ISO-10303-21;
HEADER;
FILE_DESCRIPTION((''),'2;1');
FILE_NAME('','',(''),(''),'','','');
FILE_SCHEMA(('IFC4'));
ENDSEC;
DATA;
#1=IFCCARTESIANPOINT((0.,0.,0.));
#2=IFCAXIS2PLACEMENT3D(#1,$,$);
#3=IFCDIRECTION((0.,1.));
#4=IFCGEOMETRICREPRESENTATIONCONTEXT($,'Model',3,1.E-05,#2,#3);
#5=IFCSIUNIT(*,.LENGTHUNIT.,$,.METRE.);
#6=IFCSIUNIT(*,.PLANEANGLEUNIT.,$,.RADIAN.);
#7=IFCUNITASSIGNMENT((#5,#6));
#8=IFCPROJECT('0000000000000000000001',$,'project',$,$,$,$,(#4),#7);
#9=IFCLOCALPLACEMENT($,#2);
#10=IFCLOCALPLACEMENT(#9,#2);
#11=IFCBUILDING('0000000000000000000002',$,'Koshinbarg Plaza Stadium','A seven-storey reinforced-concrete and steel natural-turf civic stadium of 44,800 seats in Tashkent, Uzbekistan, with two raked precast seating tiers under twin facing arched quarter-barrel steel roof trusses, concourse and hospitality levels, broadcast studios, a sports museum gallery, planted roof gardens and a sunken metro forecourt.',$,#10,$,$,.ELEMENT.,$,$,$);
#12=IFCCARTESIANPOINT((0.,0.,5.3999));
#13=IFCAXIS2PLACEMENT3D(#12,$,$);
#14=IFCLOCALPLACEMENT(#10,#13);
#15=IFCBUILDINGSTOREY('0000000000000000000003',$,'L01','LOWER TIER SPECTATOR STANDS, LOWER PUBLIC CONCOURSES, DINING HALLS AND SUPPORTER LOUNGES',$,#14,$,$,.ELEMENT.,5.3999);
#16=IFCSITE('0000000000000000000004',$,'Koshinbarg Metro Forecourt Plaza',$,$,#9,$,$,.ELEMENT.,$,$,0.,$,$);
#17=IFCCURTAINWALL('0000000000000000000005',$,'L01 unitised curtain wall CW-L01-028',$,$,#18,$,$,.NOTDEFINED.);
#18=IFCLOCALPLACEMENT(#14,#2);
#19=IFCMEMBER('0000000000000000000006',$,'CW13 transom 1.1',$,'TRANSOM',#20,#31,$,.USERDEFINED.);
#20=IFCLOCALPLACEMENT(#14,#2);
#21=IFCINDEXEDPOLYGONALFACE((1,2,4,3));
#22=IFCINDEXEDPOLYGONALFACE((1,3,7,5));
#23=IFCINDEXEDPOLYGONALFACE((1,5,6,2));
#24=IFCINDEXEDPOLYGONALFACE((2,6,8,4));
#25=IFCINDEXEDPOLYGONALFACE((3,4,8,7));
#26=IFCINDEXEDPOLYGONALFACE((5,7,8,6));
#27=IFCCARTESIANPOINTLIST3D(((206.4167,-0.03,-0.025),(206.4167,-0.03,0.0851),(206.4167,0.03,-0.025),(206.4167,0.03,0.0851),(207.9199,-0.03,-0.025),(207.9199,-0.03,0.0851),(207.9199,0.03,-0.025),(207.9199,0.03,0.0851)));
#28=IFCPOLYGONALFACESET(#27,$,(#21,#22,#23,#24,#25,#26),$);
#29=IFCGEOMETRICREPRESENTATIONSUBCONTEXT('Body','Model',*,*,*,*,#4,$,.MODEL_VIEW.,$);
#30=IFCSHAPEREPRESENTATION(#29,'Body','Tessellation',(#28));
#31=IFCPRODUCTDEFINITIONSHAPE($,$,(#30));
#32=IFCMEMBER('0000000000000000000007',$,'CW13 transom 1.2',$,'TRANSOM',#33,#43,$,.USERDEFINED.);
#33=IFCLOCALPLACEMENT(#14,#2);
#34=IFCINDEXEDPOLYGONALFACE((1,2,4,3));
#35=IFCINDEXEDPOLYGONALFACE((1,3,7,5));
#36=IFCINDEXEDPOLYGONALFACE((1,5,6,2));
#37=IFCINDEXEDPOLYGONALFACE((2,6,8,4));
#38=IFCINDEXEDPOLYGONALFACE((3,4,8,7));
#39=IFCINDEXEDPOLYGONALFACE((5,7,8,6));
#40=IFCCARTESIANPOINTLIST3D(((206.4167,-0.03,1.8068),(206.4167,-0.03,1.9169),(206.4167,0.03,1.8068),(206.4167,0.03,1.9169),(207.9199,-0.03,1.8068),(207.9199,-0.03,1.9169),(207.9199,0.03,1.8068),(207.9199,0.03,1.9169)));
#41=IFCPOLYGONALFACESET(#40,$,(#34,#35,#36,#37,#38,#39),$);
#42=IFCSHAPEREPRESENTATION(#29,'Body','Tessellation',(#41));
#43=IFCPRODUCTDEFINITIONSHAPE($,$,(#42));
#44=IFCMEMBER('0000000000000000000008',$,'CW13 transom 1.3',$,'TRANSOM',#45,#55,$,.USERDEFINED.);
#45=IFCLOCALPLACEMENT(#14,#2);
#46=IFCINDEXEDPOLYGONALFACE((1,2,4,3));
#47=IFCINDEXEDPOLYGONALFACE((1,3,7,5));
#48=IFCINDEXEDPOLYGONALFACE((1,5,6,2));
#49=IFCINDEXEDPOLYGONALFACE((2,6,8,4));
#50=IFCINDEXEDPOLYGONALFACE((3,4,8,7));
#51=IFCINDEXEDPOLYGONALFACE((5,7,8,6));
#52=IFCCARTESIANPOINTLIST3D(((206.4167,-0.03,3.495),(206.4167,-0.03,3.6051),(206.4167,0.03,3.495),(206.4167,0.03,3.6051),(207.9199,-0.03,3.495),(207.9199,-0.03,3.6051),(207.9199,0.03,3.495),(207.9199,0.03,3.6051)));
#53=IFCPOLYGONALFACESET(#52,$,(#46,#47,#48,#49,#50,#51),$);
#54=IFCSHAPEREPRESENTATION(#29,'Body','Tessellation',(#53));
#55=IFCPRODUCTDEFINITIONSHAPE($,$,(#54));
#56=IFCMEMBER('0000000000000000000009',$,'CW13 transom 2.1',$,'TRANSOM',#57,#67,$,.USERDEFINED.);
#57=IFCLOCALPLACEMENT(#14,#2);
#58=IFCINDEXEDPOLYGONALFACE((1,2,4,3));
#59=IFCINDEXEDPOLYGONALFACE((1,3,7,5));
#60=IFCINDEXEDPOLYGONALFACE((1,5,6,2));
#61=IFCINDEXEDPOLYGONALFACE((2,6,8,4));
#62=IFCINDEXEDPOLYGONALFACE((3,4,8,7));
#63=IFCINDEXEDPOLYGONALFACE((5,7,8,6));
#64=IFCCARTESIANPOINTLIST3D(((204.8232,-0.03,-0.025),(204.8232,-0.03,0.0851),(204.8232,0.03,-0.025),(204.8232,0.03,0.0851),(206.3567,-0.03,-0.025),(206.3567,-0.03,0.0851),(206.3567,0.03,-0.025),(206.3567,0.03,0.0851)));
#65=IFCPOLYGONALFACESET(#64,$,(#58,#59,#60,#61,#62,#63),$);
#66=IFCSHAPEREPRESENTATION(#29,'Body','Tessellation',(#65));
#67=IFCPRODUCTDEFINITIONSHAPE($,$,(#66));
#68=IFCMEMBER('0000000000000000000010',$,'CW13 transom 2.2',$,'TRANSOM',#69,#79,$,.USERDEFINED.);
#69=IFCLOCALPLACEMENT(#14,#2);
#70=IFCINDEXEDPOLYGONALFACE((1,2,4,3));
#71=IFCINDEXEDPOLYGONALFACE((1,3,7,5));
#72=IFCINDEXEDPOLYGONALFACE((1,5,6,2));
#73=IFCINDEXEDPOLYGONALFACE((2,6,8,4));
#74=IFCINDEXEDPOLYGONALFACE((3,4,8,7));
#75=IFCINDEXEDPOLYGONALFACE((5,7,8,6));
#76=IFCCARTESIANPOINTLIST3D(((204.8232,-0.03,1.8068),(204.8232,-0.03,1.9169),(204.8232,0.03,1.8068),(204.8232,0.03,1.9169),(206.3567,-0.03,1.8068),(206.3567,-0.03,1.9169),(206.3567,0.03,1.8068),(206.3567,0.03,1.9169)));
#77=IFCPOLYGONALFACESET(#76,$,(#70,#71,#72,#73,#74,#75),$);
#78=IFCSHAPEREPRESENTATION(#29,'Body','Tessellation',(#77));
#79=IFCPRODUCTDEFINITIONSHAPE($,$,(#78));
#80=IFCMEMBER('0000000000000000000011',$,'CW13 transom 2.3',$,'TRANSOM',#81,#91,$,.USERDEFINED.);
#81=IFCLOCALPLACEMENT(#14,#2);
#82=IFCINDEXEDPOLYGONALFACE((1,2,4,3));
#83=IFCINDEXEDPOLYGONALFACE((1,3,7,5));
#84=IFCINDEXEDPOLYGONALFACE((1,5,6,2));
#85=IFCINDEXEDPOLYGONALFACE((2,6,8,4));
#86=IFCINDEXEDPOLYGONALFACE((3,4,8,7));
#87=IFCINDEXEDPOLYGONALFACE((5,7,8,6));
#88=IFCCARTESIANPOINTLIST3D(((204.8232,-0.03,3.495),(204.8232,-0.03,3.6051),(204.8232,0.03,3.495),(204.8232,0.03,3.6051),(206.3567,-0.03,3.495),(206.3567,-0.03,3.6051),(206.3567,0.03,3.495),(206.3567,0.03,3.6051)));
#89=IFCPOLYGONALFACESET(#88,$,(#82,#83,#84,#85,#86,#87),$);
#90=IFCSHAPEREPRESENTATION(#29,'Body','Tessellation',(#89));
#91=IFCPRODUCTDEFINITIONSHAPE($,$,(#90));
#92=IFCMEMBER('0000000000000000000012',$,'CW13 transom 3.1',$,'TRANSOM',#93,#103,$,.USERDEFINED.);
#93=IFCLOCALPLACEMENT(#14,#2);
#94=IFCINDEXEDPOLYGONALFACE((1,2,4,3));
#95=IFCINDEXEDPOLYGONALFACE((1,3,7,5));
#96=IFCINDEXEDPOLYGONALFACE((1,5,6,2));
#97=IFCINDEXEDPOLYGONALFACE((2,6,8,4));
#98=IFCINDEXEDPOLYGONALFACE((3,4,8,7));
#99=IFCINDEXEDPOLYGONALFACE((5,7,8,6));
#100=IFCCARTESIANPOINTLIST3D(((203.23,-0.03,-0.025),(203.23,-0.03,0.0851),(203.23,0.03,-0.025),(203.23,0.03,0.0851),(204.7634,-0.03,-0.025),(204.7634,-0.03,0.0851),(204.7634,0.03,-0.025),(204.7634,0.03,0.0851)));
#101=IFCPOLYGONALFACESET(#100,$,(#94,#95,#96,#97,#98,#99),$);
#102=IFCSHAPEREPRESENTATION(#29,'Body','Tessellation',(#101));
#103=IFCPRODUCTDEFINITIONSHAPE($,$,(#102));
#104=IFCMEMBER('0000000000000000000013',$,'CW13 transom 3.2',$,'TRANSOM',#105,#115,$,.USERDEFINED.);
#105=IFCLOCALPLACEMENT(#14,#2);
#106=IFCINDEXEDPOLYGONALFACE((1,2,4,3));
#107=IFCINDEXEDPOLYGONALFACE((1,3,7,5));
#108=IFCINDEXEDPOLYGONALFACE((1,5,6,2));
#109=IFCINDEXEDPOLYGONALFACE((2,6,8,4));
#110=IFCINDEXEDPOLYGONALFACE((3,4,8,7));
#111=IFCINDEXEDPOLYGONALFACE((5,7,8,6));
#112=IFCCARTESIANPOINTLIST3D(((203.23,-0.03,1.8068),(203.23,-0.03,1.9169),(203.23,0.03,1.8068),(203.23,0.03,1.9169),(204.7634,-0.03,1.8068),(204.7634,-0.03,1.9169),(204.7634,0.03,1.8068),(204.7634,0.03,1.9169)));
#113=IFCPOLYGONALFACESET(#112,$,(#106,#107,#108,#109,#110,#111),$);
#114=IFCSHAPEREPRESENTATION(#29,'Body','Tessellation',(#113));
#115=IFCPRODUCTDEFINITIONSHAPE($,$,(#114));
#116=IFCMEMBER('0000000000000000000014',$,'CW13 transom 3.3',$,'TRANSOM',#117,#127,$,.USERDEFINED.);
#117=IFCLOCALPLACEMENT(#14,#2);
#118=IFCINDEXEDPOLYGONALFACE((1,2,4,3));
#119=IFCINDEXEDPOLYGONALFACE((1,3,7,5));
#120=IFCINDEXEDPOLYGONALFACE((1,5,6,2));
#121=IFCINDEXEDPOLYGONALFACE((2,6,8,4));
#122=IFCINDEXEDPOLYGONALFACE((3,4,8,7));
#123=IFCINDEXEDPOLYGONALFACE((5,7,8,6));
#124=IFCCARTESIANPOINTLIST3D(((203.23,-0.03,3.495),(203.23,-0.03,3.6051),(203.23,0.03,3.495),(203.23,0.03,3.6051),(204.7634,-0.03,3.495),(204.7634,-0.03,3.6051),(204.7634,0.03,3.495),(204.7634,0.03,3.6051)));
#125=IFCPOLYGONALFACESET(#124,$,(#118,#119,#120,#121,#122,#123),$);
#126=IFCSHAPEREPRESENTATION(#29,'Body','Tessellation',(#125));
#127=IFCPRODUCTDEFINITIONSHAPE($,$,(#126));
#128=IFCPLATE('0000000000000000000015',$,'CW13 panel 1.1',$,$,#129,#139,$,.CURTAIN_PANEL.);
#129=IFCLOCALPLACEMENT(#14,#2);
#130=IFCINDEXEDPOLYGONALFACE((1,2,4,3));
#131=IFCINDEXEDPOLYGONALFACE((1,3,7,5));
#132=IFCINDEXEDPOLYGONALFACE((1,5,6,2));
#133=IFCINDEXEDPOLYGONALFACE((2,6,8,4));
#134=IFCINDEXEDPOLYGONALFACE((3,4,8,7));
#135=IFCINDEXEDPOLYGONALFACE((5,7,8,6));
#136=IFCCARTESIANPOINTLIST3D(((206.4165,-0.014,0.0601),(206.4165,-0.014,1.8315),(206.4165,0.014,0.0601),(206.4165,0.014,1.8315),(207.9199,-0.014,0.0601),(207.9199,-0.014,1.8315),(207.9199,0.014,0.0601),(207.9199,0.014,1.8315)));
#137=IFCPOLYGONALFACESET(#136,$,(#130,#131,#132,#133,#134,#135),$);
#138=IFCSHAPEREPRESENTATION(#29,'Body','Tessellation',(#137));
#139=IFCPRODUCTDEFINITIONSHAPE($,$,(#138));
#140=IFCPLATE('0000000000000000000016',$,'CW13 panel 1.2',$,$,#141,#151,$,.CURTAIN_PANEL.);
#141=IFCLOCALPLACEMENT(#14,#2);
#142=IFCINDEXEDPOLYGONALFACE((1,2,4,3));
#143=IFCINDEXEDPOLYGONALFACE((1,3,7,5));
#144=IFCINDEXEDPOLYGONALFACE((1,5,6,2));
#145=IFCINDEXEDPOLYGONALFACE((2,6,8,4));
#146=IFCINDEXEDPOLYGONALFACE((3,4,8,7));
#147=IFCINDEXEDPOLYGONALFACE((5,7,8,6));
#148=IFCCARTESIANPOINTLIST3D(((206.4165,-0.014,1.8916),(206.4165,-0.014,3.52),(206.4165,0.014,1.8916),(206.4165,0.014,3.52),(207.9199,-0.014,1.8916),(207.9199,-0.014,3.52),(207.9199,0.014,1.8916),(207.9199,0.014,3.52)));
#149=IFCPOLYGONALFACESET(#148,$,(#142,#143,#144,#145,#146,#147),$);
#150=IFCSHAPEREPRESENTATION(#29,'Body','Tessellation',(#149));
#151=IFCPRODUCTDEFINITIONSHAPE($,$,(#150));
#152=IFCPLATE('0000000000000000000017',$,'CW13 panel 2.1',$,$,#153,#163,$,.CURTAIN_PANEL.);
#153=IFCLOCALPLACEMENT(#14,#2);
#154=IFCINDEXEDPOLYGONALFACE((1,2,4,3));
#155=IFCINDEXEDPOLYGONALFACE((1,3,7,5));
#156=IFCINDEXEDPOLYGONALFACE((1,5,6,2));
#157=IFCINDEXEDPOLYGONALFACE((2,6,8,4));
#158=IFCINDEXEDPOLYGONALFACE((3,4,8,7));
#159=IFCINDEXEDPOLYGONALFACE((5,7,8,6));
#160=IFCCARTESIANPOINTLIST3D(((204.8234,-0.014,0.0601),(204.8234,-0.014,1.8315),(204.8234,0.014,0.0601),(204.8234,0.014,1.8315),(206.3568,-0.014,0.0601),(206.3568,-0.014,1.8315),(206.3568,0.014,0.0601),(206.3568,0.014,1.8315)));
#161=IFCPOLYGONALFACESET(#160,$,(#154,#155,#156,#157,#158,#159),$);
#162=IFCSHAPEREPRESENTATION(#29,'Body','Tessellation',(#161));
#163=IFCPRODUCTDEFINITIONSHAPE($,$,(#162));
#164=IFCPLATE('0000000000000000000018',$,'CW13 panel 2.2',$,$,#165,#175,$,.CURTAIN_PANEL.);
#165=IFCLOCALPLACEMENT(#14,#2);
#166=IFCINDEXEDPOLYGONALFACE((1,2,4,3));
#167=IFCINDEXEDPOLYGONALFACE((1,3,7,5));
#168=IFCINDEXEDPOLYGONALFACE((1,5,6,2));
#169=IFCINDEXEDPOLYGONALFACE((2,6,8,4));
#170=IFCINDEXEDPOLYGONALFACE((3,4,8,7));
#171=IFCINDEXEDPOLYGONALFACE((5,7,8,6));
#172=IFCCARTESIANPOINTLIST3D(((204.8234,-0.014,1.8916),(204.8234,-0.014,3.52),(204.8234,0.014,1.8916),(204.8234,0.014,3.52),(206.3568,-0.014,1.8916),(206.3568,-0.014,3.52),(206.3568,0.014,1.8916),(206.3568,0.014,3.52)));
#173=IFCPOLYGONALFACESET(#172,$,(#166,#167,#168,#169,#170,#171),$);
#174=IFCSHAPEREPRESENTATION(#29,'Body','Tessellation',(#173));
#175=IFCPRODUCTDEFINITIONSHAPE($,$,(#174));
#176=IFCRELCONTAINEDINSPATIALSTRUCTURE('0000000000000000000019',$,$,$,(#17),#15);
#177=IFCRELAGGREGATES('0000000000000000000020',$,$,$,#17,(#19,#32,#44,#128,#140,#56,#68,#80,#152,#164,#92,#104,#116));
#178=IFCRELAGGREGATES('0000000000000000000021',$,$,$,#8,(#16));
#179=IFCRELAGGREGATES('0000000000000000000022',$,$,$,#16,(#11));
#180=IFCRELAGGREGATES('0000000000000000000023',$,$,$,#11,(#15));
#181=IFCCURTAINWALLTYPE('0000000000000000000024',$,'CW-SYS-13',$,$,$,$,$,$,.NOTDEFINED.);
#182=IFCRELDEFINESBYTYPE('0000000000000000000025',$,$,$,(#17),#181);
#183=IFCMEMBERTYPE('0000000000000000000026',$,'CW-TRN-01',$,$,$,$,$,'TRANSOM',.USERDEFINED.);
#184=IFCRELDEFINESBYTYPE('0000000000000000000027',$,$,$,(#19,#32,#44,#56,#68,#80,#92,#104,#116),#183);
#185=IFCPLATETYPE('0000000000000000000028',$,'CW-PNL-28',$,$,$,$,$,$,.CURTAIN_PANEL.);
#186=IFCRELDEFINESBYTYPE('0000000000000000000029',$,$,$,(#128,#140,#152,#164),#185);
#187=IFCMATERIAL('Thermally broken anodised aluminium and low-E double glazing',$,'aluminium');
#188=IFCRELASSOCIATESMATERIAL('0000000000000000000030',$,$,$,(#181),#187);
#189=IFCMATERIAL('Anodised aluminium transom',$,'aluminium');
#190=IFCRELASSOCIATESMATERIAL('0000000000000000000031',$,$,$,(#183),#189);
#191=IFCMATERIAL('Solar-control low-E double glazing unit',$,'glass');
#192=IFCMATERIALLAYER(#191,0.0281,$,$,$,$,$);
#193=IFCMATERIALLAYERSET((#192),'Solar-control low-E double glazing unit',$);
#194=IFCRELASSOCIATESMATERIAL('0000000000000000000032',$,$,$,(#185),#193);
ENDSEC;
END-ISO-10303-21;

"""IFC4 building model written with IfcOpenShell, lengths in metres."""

from ifc_helpers import new_model, si_unit, direction, frame, origin, origin_2d, place, context, subcontext, project, spatial, rectangle, extrude, material, layer, layer_set, material_profile, profile_set, type_object, element, aggregate, save


model = new_model("IFC4")

# Units and contexts
model_context = context("Model", 3, precision=1e-05, world=origin(), true_north=direction((0.0, 1.0)))
body_context = subcontext(model_context, "Body", "Model", "MODEL_VIEW")
ifc_project = project(units=[si_unit("LENGTHUNIT", "METRE"), si_unit("PLANEANGLEUNIT", "RADIAN")], contexts=[model_context])

# Site, building, storey
site_placement = place(None, origin())
site = spatial("IfcSite", under=ifc_project, at=site_placement, Name="Koshinbarg Metro Forecourt Plaza", CompositionType="ELEMENT", RefElevation=0.0)
building_placement = place(site_placement, origin())
building = spatial("IfcBuilding", under=site, at=building_placement, Name="Koshinbarg Plaza Stadium", Description="A seven-storey reinforced-concrete and steel natural-turf civic stadium of 44,800 seats in Tashkent, Uzbekistan, with two raked precast seating tiers under twin facing arched quarter-barrel steel roof trusses, concourse and hospitality levels, broadcast studios, a sports museum gallery, planted roof gardens and a sunken metro forecourt.", CompositionType="ELEMENT")
storey_placement = place(building_placement, frame((0.0, 0.0, 5.3999)))
storey = spatial("IfcBuildingStorey", under=building, at=storey_placement, Name="L01", Description="LOWER TIER SPECTATOR STANDS, LOWER PUBLIC CONCOURSES, DINING HALLS AND SUPPORTER LOUNGES", CompositionType="ELEMENT", Elevation=5.3999)

# Curtain wall
ifc_material_1 = material(Name="Thermally broken anodised aluminium and low-E double glazing", Category="aluminium")
curtain_wall_type_1 = type_object("IfcCurtainWallType", Name="CW-SYS-13", PredefinedType="NOTDEFINED", material=ifc_material_1)
curtain_wall_1_placement = place(storey_placement, origin())
curtain_wall_1 = element("IfcCurtainWall", 1, at=curtain_wall_1_placement, inside=storey, type_object=curtain_wall_type_1, Name="L01 unitised curtain wall CW-L01-028", PredefinedType="NOTDEFINED")

# Members
ifc_material_2 = material(Name="Anodised aluminium transom", Category="aluminium")
ifc_material_profile_1 = material_profile(ifc_material_2, rectangle(XDim=0.0601, YDim=0.1101, at=origin_2d()), Name="ALU 60x110")
ifc_profile_set_1 = profile_set([ifc_material_profile_1], Name="Anodised aluminium transom")
member_type_1 = type_object("IfcMemberType", Name="CW-TRN-01", ElementType="TRANSOM", PredefinedType="USERDEFINED", material=ifc_profile_set_1)
member_1_placement = place(storey_placement, frame((207.9199, 0.0, 0.03), z_axis=(-1.0, 0.0, 0.0), x_axis=(0.0, -1.0, 0.0)))
member_1 = element("IfcMember", 2, at=member_1_placement, type_object=member_type_1, Name="CW13 transom 1.1", ObjectType="TRANSOM", PredefinedType="USERDEFINED", context=body_context, shape_type="SweptSolid", body=[
    extrude(rectangle(XDim=0.0601, YDim=0.1101, at=origin_2d()), origin(), (0.0, 0.0, 1.0), 1.5032),
])
member_2_placement = place(storey_placement, frame((207.9199, 0.0, 1.8618), z_axis=(-1.0, 0.0, 0.0), x_axis=(0.0, -1.0, 0.0)))
member_2 = element("IfcMember", 3, at=member_2_placement, type_object=member_type_1, Name="CW13 transom 1.2", ObjectType="TRANSOM", PredefinedType="USERDEFINED", context=body_context, shape_type="SweptSolid", body=[
    extrude(rectangle(XDim=0.0601, YDim=0.1101, at=origin_2d()), origin(), (0.0, 0.0, 1.0), 1.5032),
])
member_3_placement = place(storey_placement, frame((207.9199, 0.0, 3.55), z_axis=(-1.0, 0.0, 0.0), x_axis=(0.0, -1.0, 0.0)))
member_3 = element("IfcMember", 4, at=member_3_placement, type_object=member_type_1, Name="CW13 transom 1.3", ObjectType="TRANSOM", PredefinedType="USERDEFINED", context=body_context, shape_type="SweptSolid", body=[
    extrude(rectangle(XDim=0.0601, YDim=0.1101, at=origin_2d()), origin(), (0.0, 0.0, 1.0), 1.5032),
])
member_4_placement = place(storey_placement, frame((206.3567, 0.0, 0.03), z_axis=(-1.0, 0.0, 0.0), x_axis=(0.0, -1.0, 0.0)))
member_4 = element("IfcMember", 5, at=member_4_placement, type_object=member_type_1, Name="CW13 transom 2.1", ObjectType="TRANSOM", PredefinedType="USERDEFINED", context=body_context, shape_type="SweptSolid", body=[
    extrude(rectangle(XDim=0.0601, YDim=0.1101, at=origin_2d()), origin(), (0.0, 0.0, 1.0), 1.5334),
])
member_5_placement = place(storey_placement, frame((206.3567, 0.0, 1.8618), z_axis=(-1.0, 0.0, 0.0), x_axis=(0.0, -1.0, 0.0)))
member_5 = element("IfcMember", 6, at=member_5_placement, type_object=member_type_1, Name="CW13 transom 2.2", ObjectType="TRANSOM", PredefinedType="USERDEFINED", context=body_context, shape_type="SweptSolid", body=[
    extrude(rectangle(XDim=0.0601, YDim=0.1101, at=origin_2d()), origin(), (0.0, 0.0, 1.0), 1.5334),
])
member_6_placement = place(storey_placement, frame((206.3567, 0.0, 3.55), z_axis=(-1.0, 0.0, 0.0), x_axis=(0.0, -1.0, 0.0)))
member_6 = element("IfcMember", 7, at=member_6_placement, type_object=member_type_1, Name="CW13 transom 2.3", ObjectType="TRANSOM", PredefinedType="USERDEFINED", context=body_context, shape_type="SweptSolid", body=[
    extrude(rectangle(XDim=0.0601, YDim=0.1101, at=origin_2d()), origin(), (0.0, 0.0, 1.0), 1.5334),
])
member_7_placement = place(storey_placement, frame((204.7634, 0.0, 0.03), z_axis=(-1.0, 0.0, 0.0), x_axis=(0.0, -1.0, 0.0)))
member_7 = element("IfcMember", 8, at=member_7_placement, type_object=member_type_1, Name="CW13 transom 3.1", ObjectType="TRANSOM", PredefinedType="USERDEFINED", context=body_context, shape_type="SweptSolid", body=[
    extrude(rectangle(XDim=0.0601, YDim=0.1101, at=origin_2d()), origin(), (0.0, 0.0, 1.0), 1.5334),
])
member_8_placement = place(storey_placement, frame((204.7634, 0.0, 1.8618), z_axis=(-1.0, 0.0, 0.0), x_axis=(0.0, -1.0, 0.0)))
member_8 = element("IfcMember", 9, at=member_8_placement, type_object=member_type_1, Name="CW13 transom 3.2", ObjectType="TRANSOM", PredefinedType="USERDEFINED", context=body_context, shape_type="SweptSolid", body=[
    extrude(rectangle(XDim=0.0601, YDim=0.1101, at=origin_2d()), origin(), (0.0, 0.0, 1.0), 1.5334),
])
member_9_placement = place(storey_placement, frame((204.7634, 0.0, 3.55), z_axis=(-1.0, 0.0, 0.0), x_axis=(0.0, -1.0, 0.0)))
member_9 = element("IfcMember", 10, at=member_9_placement, type_object=member_type_1, Name="CW13 transom 3.3", ObjectType="TRANSOM", PredefinedType="USERDEFINED", context=body_context, shape_type="SweptSolid", body=[
    extrude(rectangle(XDim=0.0601, YDim=0.1101, at=origin_2d()), origin(), (0.0, 0.0, 1.0), 1.5334),
])

# Plates
ifc_material_3 = material(Name="Solar-control low-E double glazing unit", Category="glass")
ifc_layer_1 = layer(ifc_material_3, 0.0281)
ifc_layer_set_1 = layer_set([ifc_layer_1], Name="Solar-control low-E double glazing unit")
plate_type = type_object("IfcPlateType", Name="CW-PNL-28", PredefinedType="CURTAIN_PANEL", material=ifc_layer_set_1)
plate_1_placement = place(storey_placement, frame((207.1682, 0.0, 0.0601), z_axis=(0.0, 0.0, 1.0), x_axis=(-1.0, 0.0, 0.0)))
plate_1 = element("IfcPlate", 11, at=plate_1_placement, type_object=plate_type, Name="CW13 panel 1.1", PredefinedType="CURTAIN_PANEL", context=body_context, shape_type="SweptSolid", body=[
    extrude(rectangle(XDim=1.5034, YDim=0.0281, at=origin_2d()), origin(), (0.0, 0.0, 1.0), 1.7715),
])
plate_2_placement = place(storey_placement, frame((207.1682, 0.0, 1.8916), z_axis=(0.0, 0.0, 1.0), x_axis=(-1.0, 0.0, 0.0)))
plate_2 = element("IfcPlate", 12, at=plate_2_placement, type_object=plate_type, Name="CW13 panel 1.2", PredefinedType="CURTAIN_PANEL", context=body_context, shape_type="SweptSolid", body=[
    extrude(rectangle(XDim=1.5034, YDim=0.0281, at=origin_2d()), origin(), (0.0, 0.0, 1.0), 1.6284),
])
plate_3_placement = place(storey_placement, frame((205.5901, 0.0, 0.0601), z_axis=(0.0, 0.0, 1.0), x_axis=(-1.0, 0.0, 0.0)))
plate_3 = element("IfcPlate", 13, at=plate_3_placement, type_object=plate_type, Name="CW13 panel 2.1", PredefinedType="CURTAIN_PANEL", context=body_context, shape_type="SweptSolid", body=[
    extrude(rectangle(XDim=1.5334, YDim=0.0281, at=origin_2d()), origin(), (0.0, 0.0, 1.0), 1.7715),
])
plate_4_placement = place(storey_placement, frame((205.5901, 0.0, 1.8916), z_axis=(0.0, 0.0, 1.0), x_axis=(-1.0, 0.0, 0.0)))
plate_4 = element("IfcPlate", 14, at=plate_4_placement, type_object=plate_type, Name="CW13 panel 2.2", PredefinedType="CURTAIN_PANEL", context=body_context, shape_type="SweptSolid", body=[
    extrude(rectangle(XDim=1.5334, YDim=0.0281, at=origin_2d()), origin(), (0.0, 0.0, 1.0), 1.6284),
])
aggregate(curtain_wall_1, [member_1, member_2, member_3, plate_1, plate_2, member_4, member_5, member_6, plate_3, plate_4, member_7, member_8, member_9])

save(model, "model.ifc")
